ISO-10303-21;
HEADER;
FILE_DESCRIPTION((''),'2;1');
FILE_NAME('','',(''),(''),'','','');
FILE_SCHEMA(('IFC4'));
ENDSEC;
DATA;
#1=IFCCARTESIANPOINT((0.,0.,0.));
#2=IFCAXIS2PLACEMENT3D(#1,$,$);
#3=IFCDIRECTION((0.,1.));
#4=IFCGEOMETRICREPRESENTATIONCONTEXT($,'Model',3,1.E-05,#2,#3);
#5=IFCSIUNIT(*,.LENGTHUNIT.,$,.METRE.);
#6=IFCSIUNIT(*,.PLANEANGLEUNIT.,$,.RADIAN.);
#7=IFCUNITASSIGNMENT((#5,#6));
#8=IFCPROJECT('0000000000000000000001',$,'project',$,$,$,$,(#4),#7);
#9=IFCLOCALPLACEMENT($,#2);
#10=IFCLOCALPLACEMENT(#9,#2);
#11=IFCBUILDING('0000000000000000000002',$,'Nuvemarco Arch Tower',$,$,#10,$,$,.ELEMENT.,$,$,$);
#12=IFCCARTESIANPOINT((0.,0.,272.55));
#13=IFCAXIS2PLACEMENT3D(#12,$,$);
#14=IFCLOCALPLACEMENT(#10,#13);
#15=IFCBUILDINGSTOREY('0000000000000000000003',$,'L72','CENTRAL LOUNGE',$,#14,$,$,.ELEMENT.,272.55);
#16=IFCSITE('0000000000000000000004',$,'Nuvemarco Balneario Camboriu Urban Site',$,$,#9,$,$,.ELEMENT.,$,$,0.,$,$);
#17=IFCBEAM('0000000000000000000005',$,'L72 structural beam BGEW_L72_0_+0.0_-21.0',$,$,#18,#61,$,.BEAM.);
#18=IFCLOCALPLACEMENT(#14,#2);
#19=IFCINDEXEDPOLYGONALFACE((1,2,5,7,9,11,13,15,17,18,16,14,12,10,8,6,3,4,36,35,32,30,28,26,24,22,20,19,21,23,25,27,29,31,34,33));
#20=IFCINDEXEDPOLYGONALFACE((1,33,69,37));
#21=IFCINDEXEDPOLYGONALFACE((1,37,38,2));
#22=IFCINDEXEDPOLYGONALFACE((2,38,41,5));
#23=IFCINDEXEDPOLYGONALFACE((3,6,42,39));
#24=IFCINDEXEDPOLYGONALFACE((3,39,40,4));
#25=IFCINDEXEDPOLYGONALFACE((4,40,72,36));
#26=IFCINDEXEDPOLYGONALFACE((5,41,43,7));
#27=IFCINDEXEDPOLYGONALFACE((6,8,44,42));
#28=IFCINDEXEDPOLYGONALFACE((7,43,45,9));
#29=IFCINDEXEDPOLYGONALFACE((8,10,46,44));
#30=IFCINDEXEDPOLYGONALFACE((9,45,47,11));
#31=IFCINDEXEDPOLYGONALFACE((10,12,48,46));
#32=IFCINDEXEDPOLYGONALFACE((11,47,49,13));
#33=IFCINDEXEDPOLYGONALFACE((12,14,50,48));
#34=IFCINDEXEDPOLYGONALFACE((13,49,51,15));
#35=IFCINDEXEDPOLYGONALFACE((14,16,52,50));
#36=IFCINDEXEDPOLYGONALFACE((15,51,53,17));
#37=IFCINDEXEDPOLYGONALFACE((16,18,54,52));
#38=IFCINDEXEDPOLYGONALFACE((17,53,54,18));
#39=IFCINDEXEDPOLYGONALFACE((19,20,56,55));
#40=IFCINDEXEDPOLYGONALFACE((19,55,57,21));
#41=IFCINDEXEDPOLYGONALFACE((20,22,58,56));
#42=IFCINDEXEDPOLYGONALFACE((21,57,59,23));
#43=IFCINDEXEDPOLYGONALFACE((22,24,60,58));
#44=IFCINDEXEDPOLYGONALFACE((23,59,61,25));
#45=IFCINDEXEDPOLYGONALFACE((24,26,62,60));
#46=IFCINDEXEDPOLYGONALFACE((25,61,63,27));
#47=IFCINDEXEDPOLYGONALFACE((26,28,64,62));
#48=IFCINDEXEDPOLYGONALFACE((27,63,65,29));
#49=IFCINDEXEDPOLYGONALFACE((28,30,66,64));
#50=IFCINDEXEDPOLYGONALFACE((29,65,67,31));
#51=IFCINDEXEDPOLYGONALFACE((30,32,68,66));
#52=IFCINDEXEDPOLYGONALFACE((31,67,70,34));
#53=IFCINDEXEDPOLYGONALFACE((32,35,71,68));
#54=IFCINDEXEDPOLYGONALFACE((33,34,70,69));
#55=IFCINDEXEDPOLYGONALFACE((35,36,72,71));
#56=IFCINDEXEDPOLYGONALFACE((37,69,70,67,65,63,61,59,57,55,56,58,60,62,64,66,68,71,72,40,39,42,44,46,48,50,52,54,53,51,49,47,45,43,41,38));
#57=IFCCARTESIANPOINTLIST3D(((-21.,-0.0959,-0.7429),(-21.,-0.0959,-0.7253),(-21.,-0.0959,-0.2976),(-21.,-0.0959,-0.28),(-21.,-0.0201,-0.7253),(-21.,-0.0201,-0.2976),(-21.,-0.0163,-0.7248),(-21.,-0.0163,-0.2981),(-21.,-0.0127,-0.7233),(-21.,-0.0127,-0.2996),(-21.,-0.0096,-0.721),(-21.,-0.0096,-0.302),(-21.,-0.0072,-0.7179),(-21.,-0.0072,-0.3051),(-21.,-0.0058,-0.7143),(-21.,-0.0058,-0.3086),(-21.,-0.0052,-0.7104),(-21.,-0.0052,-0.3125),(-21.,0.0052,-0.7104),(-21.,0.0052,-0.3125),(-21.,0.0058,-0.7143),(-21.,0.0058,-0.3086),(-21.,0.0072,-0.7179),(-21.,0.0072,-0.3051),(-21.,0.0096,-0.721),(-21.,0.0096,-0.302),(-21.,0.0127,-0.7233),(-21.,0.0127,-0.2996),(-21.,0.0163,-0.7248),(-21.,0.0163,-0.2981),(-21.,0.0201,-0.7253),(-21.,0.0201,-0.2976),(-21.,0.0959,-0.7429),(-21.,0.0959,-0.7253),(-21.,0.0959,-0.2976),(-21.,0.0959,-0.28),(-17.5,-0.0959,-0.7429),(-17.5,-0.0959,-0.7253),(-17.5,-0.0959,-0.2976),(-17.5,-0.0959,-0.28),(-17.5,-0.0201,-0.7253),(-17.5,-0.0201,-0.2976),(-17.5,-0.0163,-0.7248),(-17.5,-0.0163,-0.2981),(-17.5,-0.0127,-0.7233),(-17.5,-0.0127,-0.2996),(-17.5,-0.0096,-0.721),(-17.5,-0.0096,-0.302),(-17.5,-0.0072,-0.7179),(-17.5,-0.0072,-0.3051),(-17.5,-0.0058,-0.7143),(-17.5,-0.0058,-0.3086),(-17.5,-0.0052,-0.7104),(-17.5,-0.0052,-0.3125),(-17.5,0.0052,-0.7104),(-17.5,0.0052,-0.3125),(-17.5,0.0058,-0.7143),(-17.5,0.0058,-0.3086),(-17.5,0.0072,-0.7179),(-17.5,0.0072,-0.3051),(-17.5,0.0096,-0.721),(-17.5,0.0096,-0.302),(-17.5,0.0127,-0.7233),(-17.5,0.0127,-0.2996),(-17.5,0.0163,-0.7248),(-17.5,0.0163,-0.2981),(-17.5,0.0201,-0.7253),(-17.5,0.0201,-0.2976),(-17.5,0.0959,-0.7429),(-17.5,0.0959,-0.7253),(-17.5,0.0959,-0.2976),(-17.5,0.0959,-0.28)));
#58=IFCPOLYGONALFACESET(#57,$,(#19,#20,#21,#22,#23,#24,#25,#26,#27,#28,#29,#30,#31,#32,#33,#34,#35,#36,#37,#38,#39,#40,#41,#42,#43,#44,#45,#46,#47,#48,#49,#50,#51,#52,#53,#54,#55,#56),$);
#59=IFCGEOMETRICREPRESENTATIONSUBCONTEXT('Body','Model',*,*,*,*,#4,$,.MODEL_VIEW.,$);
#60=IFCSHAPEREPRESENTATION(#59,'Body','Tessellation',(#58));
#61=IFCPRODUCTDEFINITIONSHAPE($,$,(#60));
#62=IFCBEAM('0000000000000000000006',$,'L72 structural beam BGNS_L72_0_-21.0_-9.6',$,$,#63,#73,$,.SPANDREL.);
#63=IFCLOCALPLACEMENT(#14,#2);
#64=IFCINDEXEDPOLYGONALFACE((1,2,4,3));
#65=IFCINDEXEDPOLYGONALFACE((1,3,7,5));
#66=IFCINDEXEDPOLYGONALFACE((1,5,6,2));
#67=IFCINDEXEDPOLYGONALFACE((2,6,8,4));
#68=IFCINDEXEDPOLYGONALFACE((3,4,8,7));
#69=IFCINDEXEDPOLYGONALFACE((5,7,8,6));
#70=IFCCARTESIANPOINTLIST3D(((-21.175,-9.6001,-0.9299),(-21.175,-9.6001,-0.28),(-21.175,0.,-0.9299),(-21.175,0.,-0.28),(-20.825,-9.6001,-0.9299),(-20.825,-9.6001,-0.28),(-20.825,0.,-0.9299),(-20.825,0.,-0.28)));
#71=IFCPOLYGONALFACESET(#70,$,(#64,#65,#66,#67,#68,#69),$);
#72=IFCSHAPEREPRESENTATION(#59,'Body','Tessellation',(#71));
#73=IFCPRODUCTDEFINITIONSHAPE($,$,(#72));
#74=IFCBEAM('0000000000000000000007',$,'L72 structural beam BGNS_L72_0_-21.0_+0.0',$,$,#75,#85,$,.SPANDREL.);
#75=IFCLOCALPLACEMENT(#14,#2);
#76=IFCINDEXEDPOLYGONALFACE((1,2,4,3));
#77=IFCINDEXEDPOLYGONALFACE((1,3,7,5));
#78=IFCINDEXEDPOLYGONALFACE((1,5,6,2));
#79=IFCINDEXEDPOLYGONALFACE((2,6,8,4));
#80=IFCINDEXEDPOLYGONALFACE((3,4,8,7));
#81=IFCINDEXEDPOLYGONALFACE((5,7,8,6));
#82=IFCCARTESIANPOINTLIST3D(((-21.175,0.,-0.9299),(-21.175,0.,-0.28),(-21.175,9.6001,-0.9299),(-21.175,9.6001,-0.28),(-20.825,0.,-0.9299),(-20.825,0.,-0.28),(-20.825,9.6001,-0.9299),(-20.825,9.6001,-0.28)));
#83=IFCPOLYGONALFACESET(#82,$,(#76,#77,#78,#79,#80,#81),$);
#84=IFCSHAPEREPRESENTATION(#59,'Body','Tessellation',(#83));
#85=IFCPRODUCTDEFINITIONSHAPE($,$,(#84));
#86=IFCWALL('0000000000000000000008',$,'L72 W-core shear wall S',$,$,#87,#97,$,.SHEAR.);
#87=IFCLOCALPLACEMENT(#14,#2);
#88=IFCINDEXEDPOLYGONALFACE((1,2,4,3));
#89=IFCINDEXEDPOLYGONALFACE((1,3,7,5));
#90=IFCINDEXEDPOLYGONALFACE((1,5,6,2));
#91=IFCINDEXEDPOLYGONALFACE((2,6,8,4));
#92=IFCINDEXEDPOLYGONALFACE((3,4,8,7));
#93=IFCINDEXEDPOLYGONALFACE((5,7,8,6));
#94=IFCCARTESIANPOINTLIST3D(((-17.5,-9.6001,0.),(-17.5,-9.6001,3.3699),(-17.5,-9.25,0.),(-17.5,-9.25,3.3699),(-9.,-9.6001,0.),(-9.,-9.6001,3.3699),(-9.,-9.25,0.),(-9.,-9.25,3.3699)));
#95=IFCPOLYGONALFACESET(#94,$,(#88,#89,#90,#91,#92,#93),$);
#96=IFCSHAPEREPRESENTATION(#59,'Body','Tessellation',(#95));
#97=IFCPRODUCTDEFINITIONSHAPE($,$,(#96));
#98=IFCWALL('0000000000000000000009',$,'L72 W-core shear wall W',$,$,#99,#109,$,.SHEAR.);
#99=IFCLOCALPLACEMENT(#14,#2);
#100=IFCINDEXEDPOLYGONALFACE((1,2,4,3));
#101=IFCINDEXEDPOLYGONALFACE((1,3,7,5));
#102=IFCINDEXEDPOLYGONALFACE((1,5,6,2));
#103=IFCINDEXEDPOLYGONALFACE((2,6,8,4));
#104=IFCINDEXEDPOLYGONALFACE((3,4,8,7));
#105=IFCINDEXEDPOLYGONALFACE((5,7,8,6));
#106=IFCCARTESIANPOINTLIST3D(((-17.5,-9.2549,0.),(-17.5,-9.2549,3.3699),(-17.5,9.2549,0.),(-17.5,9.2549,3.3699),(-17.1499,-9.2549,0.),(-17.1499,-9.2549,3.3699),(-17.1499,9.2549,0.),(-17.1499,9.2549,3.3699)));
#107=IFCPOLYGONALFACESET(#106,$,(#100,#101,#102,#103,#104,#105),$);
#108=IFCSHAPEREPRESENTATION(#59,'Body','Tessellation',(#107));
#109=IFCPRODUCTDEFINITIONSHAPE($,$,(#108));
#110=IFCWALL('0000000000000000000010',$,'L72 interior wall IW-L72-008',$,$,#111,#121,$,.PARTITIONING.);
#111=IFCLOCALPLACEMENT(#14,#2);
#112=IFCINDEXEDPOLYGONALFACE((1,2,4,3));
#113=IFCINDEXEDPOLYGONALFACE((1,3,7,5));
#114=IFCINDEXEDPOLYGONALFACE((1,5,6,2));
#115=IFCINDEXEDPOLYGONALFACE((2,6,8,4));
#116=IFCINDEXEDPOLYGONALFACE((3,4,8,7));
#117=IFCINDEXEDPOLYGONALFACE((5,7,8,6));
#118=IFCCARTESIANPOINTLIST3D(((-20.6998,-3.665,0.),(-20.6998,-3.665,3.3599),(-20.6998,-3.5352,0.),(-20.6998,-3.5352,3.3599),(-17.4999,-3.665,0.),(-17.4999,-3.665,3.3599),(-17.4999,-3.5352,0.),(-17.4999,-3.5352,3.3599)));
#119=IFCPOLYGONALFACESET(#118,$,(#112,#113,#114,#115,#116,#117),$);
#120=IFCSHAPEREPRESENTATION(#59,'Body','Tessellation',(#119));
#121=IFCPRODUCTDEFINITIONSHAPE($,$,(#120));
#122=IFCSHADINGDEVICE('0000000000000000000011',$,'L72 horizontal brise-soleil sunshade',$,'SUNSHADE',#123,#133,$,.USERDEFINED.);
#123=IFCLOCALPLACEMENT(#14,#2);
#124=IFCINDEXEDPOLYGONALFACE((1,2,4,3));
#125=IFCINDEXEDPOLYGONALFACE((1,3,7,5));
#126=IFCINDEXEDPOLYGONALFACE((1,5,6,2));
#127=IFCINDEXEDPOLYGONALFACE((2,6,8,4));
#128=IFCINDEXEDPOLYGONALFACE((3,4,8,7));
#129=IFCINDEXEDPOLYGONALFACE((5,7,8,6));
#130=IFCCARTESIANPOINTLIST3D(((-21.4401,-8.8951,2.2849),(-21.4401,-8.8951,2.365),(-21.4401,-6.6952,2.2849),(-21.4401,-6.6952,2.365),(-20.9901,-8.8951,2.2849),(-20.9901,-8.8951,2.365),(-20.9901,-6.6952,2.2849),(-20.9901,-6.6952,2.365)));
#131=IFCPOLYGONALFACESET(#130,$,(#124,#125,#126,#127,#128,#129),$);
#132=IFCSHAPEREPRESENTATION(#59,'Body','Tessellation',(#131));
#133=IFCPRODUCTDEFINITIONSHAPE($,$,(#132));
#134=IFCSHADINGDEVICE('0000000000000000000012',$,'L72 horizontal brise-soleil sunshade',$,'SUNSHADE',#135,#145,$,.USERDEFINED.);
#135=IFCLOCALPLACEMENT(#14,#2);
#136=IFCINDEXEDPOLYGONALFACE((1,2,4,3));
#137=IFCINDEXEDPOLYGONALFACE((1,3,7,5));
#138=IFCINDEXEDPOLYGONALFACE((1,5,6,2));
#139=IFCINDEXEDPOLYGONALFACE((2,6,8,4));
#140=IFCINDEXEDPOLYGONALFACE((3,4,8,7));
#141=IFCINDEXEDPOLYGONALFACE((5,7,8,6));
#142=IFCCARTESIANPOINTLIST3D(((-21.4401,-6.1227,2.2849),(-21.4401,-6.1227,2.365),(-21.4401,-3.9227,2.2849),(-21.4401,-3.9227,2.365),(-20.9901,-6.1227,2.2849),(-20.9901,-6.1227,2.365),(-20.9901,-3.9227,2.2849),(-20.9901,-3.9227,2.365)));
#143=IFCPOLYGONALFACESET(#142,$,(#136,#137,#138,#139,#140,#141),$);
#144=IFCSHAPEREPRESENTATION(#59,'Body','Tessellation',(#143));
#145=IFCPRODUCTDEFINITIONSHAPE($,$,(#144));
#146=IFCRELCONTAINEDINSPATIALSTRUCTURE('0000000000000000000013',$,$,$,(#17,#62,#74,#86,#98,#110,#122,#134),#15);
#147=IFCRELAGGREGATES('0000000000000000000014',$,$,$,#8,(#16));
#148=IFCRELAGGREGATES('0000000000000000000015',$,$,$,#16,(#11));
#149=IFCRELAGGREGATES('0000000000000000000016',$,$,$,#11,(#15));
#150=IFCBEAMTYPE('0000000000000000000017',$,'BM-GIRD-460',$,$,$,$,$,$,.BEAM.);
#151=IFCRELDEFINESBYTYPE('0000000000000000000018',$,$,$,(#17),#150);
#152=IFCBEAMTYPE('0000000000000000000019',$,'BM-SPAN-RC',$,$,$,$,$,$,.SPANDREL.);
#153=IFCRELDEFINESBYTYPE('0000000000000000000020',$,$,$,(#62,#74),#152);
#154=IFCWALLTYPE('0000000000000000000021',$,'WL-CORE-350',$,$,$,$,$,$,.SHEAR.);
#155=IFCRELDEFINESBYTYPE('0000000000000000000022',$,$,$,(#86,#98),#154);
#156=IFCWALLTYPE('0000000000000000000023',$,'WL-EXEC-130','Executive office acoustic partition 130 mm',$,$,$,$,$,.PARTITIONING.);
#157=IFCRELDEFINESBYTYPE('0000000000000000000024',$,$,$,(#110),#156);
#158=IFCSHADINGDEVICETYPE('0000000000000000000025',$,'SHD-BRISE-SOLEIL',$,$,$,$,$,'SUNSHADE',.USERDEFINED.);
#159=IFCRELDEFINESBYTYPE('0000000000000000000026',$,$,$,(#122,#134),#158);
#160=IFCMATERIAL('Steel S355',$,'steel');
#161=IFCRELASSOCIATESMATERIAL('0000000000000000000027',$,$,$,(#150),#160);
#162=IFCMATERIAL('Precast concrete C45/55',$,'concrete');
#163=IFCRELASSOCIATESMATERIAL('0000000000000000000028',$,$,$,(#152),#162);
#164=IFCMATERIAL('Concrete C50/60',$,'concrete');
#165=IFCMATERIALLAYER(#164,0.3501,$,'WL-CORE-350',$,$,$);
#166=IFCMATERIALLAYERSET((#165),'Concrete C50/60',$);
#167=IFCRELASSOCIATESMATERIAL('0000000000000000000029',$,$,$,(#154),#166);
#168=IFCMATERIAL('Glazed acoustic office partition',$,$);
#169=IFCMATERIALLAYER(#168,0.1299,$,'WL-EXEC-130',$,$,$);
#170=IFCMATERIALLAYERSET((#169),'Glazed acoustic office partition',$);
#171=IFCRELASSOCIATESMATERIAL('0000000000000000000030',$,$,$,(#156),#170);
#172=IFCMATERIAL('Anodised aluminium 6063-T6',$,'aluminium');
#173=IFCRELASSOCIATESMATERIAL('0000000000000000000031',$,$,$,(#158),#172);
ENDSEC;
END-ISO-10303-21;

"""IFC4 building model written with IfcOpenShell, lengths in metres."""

from ifc_helpers import new_model, si_unit, direction, frame, frame_2d, origin, origin_2d, place, context, subcontext, project, spatial, rectangle, i_section, extrude, source, transform, mapped, material, layer, layer_set, material_profile, profile_set, type_object, type_shapes, element, save


model = new_model("IFC4")

# Units and contexts
model_context = context("Model", 3, precision=1e-05, world=origin(), true_north=direction((0.0, 1.0)))
body_context = subcontext(model_context, "Body", "Model", "MODEL_VIEW")
ifc_project = project(units=[si_unit("LENGTHUNIT", "METRE"), si_unit("PLANEANGLEUNIT", "RADIAN")], contexts=[model_context])

# Site, building, storey
site_placement = place(None, origin())
site = spatial("IfcSite", under=ifc_project, at=site_placement, Name="Nuvemarco Balneario Camboriu Urban Site", CompositionType="ELEMENT", RefElevation=0.0)
building_placement = place(site_placement, origin())
building = spatial("IfcBuilding", under=site, at=building_placement, Name="Nuvemarco Arch Tower", CompositionType="ELEMENT")
storey_placement = place(building_placement, frame((0.0, 0.0, 272.55)))
storey = spatial("IfcBuildingStorey", under=building, at=storey_placement, Name="L72", Description="CENTRAL LOUNGE", CompositionType="ELEMENT", Elevation=272.55)

# Shared definitions
ifc_material_1 = material(Name="Concrete C50/60", Category="concrete")
ifc_material_2 = material(Name="Steel S355", Category="steel")

# Beams
ifc_material_profile_1 = material_profile(ifc_material_2, i_section(OverallWidth=0.1919, OverallDepth=0.4629, WebThickness=0.0105, FlangeThickness=0.0176, FilletRadius=0.0149, at=origin_2d()), Name="W460x89")
ifc_profile_set_1 = profile_set([ifc_material_profile_1], Name="Steel S355")
beam_type_1 = type_object("IfcBeamType", Name="BM-GIRD-460", PredefinedType="BEAM", material=ifc_profile_set_1)
beam_1_placement = place(storey_placement, frame((-21.0, 0.0, -0.5115), z_axis=(1.0, 0.0, 0.0), x_axis=(0.0, 1.0, 0.0)))
element("IfcBeam", 1, at=beam_1_placement, inside=storey, type_object=beam_type_1, Name="L72 structural beam BGEW_L72_0_+0.0_-21.0", PredefinedType="BEAM", context=body_context, shape_type="SweptSolid", body=[
    extrude(i_section(OverallWidth=0.1919, OverallDepth=0.4629, WebThickness=0.0105, FlangeThickness=0.0176, FilletRadius=0.0149, at=origin_2d()), origin(), (0.0, 0.0, 1.0), 3.5),
])
ifc_material_3 = material(Name="Precast concrete C45/55", Category="concrete")
ifc_material_profile_2 = material_profile(ifc_material_3, rectangle(XDim=0.3501, YDim=0.6499, at=origin_2d()), Name="PC-SP-350x650")
ifc_profile_set_2 = profile_set([ifc_material_profile_2], Name="Precast concrete C45/55")
beam_type_2 = type_object("IfcBeamType", Name="BM-SPAN-RC", PredefinedType="SPANDREL", material=ifc_profile_set_2)
for number, where, z_axis, x_axis, name in (
    (2, (-21.0, -9.6001, -0.605), (0.0, 1.0, 0.0), (-1.0, 0.0, 0.0), "L72 structural beam BGNS_L72_0_-21.0_-9.6"),
    (3, (-21.0, 0.0, -0.605), (0.0, 1.0, 0.0), (-1.0, 0.0, 0.0), "L72 structural beam BGNS_L72_0_-21.0_+0.0"),
):
    element("IfcBeam", number, at=place(storey_placement, frame(where, z_axis=z_axis, x_axis=x_axis)), inside=storey, type_object=beam_type_2, Name=name, PredefinedType="SPANDREL", context=body_context, shape_type="SweptSolid", body=[
        extrude(rectangle(XDim=0.3501, YDim=0.6499, at=origin_2d()), origin(), (0.0, 0.0, 1.0), 9.6001),
    ])

# Walls
ifc_layer_1 = layer(ifc_material_1, 0.3501, Name="WL-CORE-350")
ifc_layer_set_1 = layer_set([ifc_layer_1], Name="Concrete C50/60")
wall_type_1 = type_object("IfcWallType", Name="WL-CORE-350", PredefinedType="SHEAR", material=ifc_layer_set_1)
wall_1_placement = place(storey_placement, frame((-17.5, -9.425, 0.0), z_axis=(0.0, 0.0, 1.0), x_axis=(1.0, 0.0, 0.0)))
element("IfcWall", 4, at=wall_1_placement, inside=storey, type_object=wall_type_1, Name="L72 W-core shear wall S", PredefinedType="SHEAR", context=body_context, shape_type="SweptSolid", body=[
    extrude(rectangle(XDim=8.5, YDim=0.3501, at=frame_2d((4.25, 0.0))), origin(), (0.0, 0.0, 1.0), 3.3699),
])
wall_2_placement = place(storey_placement, frame((-17.325, -9.2549, 0.0), z_axis=(0.0, 0.0, 1.0), x_axis=(0.0, 1.0, 0.0)))
element("IfcWall", 5, at=wall_2_placement, inside=storey, type_object=wall_type_1, Name="L72 W-core shear wall W", PredefinedType="SHEAR", context=body_context, shape_type="SweptSolid", body=[
    extrude(rectangle(XDim=18.5098, YDim=0.3501, at=frame_2d((9.2549, 0.0))), origin(), (0.0, 0.0, 1.0), 3.3699),
])
ifc_material_4 = material(Name="Glazed acoustic office partition")
ifc_layer_2 = layer(ifc_material_4, 0.1299, Name="WL-EXEC-130")
ifc_layer_set_2 = layer_set([ifc_layer_2], Name="Glazed acoustic office partition")
wall_type_2 = type_object("IfcWallType", Name="WL-EXEC-130", Description="Executive office acoustic partition 130 mm", PredefinedType="PARTITIONING", material=ifc_layer_set_2)
wall_3_placement = place(storey_placement, frame((-20.7, -3.6001, 0.0), z_axis=(0.0, 0.0, 1.0), x_axis=(1.0, 0.0, 0.0)))
element("IfcWall", 6, at=wall_3_placement, inside=storey, type_object=wall_type_2, Name="L72 interior wall IW-L72-008", PredefinedType="PARTITIONING", context=body_context, shape_type="SweptSolid", body=[
    extrude(rectangle(XDim=3.2, YDim=0.1299, at=frame_2d((1.6001, 0.0))), origin(), (0.0, 0.0, 1.0), 3.3599),
])

# Shading devices
ifc_material_5 = material(Name="Anodised aluminium 6063-T6", Category="aluminium")
shading_device_type = type_object("IfcShadingDeviceType", Name="SHD-BRISE-SOLEIL", ElementType="SUNSHADE", PredefinedType="USERDEFINED", material=ifc_material_5)
shared_shape = source(origin(), body_context, "Body", "SweptSolid", [
    extrude(rectangle(XDim=2.2, YDim=0.45, at=origin_2d()), origin(), (0.0, 0.0, 1.0), 0.0801),
])
type_shapes(shading_device_type, [shared_shape])
for number, where, z_axis, x_axis, name in (
    (7, (-21.2151, -7.7952, 2.2849), (0.0, 0.0, 1.0), (0.0, 1.0, 0.0), "L72 horizontal brise-soleil sunshade"),
    (8, (-21.2151, -5.0227, 2.2849), (0.0, 0.0, 1.0), (0.0, 1.0, 0.0), "L72 horizontal brise-soleil sunshade"),
):
    element("IfcShadingDevice", number, at=place(storey_placement, frame(where, z_axis=z_axis, x_axis=x_axis)), inside=storey, type_object=shading_device_type, Name=name, ObjectType="SUNSHADE", PredefinedType="USERDEFINED", context=body_context, shape_type="MappedRepresentation", body=[
        mapped(shared_shape, transform((0.0, 0.0, 0.0), scale=1.0)),
    ])

save(model, "model.ifc")
